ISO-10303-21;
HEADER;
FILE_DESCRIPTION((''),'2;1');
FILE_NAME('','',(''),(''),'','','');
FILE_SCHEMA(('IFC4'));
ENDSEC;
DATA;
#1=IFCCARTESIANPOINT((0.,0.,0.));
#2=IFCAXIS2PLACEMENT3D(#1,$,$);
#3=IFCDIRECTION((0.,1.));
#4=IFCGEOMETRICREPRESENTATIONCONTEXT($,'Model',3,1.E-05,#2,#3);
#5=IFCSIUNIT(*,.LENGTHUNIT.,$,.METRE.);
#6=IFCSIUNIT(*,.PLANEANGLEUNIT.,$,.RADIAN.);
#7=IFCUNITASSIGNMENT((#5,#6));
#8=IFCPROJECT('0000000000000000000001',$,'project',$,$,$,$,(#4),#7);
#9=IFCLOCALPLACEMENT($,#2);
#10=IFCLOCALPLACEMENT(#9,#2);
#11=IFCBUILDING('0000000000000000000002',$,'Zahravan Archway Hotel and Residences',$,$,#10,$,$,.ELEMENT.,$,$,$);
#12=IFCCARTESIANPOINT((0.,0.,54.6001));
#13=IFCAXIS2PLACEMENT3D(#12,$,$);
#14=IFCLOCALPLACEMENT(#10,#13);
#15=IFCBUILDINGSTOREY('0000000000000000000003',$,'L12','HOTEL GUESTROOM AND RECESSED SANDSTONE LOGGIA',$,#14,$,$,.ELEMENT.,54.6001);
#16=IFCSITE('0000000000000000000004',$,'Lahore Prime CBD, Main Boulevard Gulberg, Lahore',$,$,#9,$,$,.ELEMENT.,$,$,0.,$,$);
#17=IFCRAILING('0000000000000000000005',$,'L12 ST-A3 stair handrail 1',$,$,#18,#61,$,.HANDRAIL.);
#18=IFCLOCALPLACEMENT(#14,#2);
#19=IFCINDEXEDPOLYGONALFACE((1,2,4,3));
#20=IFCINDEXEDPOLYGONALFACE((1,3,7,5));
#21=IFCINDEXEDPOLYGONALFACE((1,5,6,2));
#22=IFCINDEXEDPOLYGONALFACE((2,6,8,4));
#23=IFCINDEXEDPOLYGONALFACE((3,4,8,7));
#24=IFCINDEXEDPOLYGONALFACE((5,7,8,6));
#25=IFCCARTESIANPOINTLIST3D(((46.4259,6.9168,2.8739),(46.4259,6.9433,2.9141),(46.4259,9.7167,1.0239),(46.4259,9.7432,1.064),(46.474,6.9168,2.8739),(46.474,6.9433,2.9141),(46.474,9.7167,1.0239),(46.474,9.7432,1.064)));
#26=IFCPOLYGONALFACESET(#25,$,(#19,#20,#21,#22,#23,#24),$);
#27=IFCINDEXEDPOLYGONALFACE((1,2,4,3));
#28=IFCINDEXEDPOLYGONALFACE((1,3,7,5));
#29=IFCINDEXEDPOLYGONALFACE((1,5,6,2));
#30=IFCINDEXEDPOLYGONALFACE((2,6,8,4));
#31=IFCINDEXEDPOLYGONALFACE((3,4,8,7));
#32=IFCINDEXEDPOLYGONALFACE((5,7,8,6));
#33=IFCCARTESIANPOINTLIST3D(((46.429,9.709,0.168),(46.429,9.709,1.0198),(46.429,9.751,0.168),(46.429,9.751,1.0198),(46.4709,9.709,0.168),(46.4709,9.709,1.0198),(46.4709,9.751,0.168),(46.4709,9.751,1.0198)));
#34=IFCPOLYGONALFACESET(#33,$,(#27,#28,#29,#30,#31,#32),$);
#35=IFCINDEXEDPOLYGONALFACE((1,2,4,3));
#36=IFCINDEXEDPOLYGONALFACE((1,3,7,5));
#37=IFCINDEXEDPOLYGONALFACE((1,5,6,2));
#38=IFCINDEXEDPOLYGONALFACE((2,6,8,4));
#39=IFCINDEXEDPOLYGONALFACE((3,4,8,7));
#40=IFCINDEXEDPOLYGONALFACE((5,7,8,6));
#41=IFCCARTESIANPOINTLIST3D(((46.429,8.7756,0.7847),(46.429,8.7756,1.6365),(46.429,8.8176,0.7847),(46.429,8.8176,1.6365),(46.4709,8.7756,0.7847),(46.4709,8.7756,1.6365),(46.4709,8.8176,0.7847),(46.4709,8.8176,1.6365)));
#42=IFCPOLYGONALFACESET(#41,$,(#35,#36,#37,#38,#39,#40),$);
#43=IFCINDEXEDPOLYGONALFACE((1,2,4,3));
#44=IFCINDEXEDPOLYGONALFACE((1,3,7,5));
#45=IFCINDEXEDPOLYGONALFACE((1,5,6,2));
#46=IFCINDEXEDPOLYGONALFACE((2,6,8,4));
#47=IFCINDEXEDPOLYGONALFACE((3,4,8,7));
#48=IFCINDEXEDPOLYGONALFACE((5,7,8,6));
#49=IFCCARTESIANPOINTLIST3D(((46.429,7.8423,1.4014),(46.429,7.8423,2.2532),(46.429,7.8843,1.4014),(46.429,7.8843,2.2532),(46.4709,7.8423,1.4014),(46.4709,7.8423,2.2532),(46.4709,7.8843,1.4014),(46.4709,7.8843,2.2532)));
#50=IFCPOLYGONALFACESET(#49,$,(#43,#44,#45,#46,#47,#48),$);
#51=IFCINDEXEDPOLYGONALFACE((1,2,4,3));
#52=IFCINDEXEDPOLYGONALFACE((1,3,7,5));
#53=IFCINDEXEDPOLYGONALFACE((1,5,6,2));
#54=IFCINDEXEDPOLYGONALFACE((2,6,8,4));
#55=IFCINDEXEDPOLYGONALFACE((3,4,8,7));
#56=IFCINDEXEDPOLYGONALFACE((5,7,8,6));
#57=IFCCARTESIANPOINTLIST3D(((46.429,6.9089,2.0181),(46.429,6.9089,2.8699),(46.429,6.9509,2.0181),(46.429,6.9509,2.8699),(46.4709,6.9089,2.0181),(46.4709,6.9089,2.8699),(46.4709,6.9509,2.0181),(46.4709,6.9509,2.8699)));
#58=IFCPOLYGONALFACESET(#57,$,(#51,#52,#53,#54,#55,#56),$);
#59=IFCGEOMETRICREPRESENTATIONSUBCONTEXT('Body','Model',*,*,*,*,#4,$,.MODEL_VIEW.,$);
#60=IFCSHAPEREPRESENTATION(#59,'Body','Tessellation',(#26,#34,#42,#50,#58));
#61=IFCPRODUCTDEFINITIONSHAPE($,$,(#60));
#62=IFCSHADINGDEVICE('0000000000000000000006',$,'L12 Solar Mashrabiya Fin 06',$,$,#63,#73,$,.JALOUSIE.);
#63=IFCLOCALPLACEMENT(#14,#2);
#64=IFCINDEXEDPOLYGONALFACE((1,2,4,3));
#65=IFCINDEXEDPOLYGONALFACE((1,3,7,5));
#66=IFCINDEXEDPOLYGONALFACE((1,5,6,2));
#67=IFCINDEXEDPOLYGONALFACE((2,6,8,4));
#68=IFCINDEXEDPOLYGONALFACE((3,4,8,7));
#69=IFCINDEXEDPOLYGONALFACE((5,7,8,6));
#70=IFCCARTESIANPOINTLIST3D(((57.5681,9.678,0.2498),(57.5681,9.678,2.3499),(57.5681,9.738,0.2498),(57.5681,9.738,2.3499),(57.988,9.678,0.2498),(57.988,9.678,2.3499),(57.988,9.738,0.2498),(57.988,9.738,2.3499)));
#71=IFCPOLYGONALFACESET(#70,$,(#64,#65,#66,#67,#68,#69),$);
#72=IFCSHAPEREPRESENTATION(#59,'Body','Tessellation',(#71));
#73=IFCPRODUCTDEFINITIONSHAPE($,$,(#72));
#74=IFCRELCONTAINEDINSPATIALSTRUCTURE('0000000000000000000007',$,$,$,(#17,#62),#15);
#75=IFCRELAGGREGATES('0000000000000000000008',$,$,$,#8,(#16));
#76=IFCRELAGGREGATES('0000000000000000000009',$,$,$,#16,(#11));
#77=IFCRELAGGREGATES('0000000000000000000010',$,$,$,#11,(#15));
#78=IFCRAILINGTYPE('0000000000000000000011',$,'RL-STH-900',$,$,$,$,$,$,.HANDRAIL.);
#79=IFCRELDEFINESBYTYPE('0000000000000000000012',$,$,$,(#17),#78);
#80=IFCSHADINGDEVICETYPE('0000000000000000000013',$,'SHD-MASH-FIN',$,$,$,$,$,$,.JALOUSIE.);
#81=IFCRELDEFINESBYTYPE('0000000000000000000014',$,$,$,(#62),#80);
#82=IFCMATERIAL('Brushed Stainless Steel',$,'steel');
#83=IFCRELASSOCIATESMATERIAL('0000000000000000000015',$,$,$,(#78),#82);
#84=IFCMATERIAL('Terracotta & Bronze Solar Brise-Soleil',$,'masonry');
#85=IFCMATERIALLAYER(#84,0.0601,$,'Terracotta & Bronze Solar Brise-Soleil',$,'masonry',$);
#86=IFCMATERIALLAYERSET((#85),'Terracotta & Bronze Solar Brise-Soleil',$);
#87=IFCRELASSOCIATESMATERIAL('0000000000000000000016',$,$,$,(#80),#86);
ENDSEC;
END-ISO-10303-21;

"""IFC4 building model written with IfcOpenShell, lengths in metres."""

from ifc_helpers import new_model, si_unit, direction, frame, origin, origin_2d, place, context, subcontext, project, spatial, rectangle, extrude, source, transform, mapped, material, layer, layer_set, type_object, type_shapes, element, save


model = new_model("IFC4")

# Units and contexts
model_context = context("Model", 3, precision=1e-05, world=origin(), true_north=direction((0.0, 1.0)))
body_context = subcontext(model_context, "Body", "Model", "MODEL_VIEW")
ifc_project = project(units=[si_unit("LENGTHUNIT", "METRE"), si_unit("PLANEANGLEUNIT", "RADIAN")], contexts=[model_context])

# Site, building, storey
site_placement = place(None, origin())
site = spatial("IfcSite", under=ifc_project, at=site_placement, Name="Lahore Prime CBD, Main Boulevard Gulberg, Lahore", CompositionType="ELEMENT", RefElevation=0.0)
building_placement = place(site_placement, origin())
building = spatial("IfcBuilding", under=site, at=building_placement, Name="Zahravan Archway Hotel and Residences", CompositionType="ELEMENT")
storey_placement = place(building_placement, frame((0.0, 0.0, 54.6001)))
storey = spatial("IfcBuildingStorey", under=building, at=storey_placement, Name="L12", Description="HOTEL GUESTROOM AND RECESSED SANDSTONE LOGGIA", CompositionType="ELEMENT", Elevation=54.6001)

# Shared definitions
ifc_material_1 = material(Name="Brushed Stainless Steel", Category="steel")

# Railing
railing_type_1 = type_object("IfcRailingType", Name="RL-STH-900", PredefinedType="HANDRAIL", material=ifc_material_1)
for number, where, name in (
    (1, (46.45, 9.73, 0.168), "L12 ST-A3 stair handrail 1"),
):
    element("IfcRailing", number, at=place(storey_placement, frame(where)), inside=storey, type_object=railing_type_1, Name=name, PredefinedType="HANDRAIL", context=body_context, shape_type="SweptSolid", body=[
        extrude(rectangle(XDim=0.0481, YDim=0.0481, at=origin_2d()), frame((0.0, 0.0, 0.876), z_axis=(0.0, -0.834326, 0.551271), x_axis=(1.0, 0.0, 0.0)), (0.0, 0.0, 1.0), 3.356),
        extrude(rectangle(XDim=0.042, YDim=0.042, at=origin_2d()), origin(), (0.0, 0.0, 1.0), 0.8518),
        extrude(rectangle(XDim=0.042, YDim=0.042, at=origin_2d()), frame((0.0, -0.9333, 0.6167)), (0.0, 0.0, 1.0), 0.8518),
        extrude(rectangle(XDim=0.042, YDim=0.042, at=origin_2d()), frame((0.0, -1.8667, 1.2334)), (0.0, 0.0, 1.0), 0.8518),
        extrude(rectangle(XDim=0.042, YDim=0.042, at=origin_2d()), frame((0.0, -2.8, 1.8501)), (0.0, 0.0, 1.0), 0.8518),
    ])

# Shading device
ifc_material_2 = material(Name="Terracotta & Bronze Solar Brise-Soleil", Category="masonry")
ifc_layer_1 = layer(ifc_material_2, 0.0601, Name="Terracotta & Bronze Solar Brise-Soleil", Category="masonry")
ifc_layer_set_1 = layer_set([ifc_layer_1], Name="Terracotta & Bronze Solar Brise-Soleil")
shading_device_type = type_object("IfcShadingDeviceType", Name="SHD-MASH-FIN", PredefinedType="JALOUSIE", material=ifc_layer_set_1)
shared_shape_1 = source(origin(), body_context, "Body", "SweptSolid", [
    extrude(rectangle(XDim=0.0601, YDim=0.4199, at=origin_2d()), origin(), (0.0, 0.0, 1.0), 2.1001),
])
type_shapes(shading_device_type, [shared_shape_1])
shading_device_placement = place(storey_placement, frame((57.7781, 9.708, 0.2498), z_axis=(0.0, 0.0, 1.0), x_axis=(0.0, 1.0, 0.0)))
element("IfcShadingDevice", 2, at=shading_device_placement, inside=storey, type_object=shading_device_type, Name="L12 Solar Mashrabiya Fin 06", PredefinedType="JALOUSIE", context=body_context, shape_type="MappedRepresentation", body=[
    mapped(shared_shape_1, transform((0.0, 0.0, 0.0), scale=1.0)),
])

save(model, "model.ifc")
